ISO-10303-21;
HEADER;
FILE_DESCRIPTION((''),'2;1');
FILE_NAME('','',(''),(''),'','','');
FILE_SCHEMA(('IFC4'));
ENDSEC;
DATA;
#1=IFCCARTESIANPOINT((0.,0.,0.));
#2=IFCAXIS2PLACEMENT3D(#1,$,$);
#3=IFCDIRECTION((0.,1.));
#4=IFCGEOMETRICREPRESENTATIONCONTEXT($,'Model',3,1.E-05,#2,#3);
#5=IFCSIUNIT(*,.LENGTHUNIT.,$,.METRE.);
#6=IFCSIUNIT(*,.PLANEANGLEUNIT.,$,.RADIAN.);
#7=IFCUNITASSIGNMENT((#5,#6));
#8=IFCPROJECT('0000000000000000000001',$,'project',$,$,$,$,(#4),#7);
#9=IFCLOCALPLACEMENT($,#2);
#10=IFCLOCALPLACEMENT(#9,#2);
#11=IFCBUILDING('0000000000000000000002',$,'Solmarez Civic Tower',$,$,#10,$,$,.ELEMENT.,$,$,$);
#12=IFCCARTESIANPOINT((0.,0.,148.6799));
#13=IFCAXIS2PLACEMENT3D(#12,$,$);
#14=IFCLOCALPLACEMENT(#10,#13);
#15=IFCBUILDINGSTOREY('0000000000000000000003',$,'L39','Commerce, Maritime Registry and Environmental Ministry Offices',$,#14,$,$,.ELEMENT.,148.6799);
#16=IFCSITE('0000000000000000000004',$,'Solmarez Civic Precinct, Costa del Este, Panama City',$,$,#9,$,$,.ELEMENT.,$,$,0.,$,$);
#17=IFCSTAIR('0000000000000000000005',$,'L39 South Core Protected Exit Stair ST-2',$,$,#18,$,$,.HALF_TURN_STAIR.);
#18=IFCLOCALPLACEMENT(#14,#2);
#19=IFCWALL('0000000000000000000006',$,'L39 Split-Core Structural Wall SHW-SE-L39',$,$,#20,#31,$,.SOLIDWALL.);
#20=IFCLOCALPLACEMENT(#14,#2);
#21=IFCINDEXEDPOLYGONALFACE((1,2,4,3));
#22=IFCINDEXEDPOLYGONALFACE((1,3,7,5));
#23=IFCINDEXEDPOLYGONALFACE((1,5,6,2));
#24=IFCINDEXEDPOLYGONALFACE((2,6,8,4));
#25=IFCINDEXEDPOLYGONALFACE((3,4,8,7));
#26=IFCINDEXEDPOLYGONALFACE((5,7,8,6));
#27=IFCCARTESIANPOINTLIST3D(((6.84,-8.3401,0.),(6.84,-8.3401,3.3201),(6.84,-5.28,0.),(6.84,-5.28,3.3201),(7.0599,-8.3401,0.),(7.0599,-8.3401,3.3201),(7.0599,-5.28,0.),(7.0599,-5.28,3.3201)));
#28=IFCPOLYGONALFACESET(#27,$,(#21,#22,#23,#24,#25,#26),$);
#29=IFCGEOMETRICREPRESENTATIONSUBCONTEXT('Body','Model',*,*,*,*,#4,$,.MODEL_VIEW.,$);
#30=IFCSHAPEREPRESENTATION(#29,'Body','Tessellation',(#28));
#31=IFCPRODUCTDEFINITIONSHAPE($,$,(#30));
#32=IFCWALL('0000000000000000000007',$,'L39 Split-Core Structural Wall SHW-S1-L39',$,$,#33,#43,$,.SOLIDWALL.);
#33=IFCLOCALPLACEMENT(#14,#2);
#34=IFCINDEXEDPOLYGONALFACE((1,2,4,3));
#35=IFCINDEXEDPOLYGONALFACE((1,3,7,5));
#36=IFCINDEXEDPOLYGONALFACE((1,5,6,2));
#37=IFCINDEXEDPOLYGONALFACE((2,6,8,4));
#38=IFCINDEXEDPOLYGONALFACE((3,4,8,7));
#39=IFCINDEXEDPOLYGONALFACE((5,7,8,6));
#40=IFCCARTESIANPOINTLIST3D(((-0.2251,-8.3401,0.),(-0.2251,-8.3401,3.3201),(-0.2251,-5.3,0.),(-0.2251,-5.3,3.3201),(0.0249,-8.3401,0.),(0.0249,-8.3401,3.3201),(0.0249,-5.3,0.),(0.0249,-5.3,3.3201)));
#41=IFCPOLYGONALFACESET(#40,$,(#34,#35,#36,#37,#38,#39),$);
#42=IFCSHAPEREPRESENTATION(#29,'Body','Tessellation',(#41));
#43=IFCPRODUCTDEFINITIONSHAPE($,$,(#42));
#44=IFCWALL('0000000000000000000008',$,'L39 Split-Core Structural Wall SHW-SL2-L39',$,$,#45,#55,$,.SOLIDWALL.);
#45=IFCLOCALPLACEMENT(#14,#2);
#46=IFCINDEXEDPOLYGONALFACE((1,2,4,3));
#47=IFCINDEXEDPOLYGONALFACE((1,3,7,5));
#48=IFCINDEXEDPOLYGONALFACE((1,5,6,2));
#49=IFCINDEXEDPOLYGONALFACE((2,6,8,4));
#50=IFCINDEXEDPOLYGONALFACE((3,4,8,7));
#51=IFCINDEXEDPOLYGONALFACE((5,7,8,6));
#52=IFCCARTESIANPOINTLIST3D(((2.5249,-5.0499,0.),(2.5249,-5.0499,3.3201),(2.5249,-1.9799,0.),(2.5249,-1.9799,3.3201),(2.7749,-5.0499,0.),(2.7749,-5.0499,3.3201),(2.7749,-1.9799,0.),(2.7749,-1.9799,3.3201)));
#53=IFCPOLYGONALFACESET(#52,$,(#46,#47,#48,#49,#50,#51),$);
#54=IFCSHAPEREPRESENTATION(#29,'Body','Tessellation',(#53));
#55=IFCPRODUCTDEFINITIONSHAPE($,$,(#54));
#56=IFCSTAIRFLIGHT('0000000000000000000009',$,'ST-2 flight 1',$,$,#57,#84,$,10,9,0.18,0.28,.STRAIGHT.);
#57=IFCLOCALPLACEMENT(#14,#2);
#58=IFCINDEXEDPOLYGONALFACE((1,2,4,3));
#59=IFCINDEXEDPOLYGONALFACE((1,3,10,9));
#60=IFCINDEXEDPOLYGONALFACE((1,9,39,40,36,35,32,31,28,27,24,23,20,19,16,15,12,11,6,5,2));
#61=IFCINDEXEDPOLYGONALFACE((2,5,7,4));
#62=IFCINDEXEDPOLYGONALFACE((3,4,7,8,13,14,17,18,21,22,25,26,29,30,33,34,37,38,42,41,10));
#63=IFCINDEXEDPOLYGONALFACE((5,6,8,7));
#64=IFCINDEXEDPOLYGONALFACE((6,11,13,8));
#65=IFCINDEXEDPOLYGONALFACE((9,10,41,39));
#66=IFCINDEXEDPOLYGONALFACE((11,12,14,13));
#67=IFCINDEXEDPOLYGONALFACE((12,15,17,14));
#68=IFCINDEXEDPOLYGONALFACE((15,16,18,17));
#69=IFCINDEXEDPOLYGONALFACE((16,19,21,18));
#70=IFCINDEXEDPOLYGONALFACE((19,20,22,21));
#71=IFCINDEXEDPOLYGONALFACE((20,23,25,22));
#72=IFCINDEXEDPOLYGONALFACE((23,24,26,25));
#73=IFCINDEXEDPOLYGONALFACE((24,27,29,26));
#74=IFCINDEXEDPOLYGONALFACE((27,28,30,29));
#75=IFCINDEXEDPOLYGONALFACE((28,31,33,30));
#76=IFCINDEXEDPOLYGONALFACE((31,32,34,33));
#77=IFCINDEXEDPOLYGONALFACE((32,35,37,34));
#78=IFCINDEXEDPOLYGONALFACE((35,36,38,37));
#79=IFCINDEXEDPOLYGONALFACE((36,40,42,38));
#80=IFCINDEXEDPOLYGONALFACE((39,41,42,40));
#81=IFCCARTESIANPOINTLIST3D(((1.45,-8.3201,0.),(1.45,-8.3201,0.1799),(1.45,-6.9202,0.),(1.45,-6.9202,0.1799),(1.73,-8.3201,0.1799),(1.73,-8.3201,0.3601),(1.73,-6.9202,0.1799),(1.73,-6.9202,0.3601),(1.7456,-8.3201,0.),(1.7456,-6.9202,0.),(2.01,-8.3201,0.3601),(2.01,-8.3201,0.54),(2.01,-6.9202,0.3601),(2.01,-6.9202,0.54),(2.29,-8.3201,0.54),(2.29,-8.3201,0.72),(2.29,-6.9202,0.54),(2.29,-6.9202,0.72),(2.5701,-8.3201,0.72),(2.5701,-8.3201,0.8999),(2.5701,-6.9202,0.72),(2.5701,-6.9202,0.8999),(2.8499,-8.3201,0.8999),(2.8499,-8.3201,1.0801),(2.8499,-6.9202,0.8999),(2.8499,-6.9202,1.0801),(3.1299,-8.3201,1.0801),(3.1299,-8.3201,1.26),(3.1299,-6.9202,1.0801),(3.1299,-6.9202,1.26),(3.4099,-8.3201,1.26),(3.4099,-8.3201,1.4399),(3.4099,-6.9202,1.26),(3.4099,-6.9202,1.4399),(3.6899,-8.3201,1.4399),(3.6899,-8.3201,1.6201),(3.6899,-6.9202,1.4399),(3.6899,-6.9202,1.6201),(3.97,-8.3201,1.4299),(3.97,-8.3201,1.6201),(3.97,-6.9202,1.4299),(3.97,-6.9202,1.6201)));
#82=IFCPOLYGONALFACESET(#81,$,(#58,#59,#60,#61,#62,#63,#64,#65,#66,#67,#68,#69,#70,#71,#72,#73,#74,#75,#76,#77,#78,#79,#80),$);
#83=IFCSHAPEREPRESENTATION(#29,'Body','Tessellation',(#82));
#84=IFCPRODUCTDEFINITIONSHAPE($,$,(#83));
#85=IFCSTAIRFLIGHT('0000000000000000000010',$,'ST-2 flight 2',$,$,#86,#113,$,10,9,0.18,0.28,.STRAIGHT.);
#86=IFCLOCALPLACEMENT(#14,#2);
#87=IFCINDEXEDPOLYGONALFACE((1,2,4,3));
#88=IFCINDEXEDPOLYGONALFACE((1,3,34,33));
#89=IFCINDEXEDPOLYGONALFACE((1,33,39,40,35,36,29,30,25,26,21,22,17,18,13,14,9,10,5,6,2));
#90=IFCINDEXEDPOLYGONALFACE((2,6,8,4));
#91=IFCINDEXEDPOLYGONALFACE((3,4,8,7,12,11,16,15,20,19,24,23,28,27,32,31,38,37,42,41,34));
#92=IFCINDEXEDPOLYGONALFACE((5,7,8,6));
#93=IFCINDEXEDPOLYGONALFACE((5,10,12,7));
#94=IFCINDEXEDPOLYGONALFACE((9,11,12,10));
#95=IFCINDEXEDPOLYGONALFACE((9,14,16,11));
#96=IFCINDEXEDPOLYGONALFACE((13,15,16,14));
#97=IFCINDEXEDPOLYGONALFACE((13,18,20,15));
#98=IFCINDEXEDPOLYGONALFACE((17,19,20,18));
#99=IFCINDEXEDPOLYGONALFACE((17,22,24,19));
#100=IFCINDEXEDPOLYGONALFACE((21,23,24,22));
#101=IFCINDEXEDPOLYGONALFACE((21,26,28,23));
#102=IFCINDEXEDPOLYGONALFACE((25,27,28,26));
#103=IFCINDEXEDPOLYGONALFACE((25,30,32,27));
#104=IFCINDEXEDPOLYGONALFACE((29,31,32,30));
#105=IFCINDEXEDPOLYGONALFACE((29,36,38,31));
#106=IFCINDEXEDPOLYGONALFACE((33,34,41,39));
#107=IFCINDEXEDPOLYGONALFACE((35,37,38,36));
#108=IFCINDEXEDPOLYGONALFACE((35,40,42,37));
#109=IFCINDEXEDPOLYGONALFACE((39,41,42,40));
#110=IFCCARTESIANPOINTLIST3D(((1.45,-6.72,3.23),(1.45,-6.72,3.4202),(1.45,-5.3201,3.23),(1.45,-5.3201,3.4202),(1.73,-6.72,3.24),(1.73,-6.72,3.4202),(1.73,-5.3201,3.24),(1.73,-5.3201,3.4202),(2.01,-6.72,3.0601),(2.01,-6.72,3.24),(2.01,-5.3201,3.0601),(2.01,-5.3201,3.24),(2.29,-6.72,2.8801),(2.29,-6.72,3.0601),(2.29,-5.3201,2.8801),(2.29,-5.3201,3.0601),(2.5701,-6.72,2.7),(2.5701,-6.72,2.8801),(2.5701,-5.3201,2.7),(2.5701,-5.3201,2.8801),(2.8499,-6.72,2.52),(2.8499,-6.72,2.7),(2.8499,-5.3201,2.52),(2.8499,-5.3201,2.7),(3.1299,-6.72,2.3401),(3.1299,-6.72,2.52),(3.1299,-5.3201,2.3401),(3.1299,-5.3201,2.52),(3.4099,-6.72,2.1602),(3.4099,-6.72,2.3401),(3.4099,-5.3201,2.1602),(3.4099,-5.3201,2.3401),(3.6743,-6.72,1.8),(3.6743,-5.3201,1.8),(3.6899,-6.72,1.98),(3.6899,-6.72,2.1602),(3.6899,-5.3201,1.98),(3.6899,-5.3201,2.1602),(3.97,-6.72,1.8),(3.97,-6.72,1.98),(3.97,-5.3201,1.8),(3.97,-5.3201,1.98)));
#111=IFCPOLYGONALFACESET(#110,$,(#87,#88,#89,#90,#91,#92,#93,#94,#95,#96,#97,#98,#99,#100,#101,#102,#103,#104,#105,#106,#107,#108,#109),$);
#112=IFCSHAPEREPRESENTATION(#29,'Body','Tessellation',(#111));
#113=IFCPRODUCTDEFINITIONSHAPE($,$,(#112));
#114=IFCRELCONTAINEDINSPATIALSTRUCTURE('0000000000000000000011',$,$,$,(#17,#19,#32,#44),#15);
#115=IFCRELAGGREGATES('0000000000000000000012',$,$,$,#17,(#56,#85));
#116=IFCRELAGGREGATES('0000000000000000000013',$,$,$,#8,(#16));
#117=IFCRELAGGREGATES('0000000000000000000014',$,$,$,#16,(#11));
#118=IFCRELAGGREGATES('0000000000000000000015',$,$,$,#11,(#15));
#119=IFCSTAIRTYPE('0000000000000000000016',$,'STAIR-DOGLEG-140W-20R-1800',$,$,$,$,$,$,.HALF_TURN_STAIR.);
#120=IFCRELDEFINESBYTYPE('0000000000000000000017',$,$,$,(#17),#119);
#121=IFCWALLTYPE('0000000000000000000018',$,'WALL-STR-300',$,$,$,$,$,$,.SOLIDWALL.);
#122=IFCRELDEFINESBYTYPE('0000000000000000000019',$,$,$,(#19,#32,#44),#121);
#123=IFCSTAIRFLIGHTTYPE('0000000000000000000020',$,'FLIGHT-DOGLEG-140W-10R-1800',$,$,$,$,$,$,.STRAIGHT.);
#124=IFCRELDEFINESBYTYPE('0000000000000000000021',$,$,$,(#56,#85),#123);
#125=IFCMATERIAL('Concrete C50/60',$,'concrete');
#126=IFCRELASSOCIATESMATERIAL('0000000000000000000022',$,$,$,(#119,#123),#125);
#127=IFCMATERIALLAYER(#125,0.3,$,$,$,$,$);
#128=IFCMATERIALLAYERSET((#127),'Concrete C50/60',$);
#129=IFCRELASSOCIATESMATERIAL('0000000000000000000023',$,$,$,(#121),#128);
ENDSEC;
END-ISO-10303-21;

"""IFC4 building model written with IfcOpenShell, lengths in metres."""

from ifc_helpers import new_model, si_unit, direction, frame, frame_2d, origin, place, context, subcontext, project, spatial, polyline, rectangle, outline, extrude, material, layer, layer_set, type_object, element, aggregate, save


model = new_model("IFC4")

# Units and contexts
model_context = context("Model", 3, precision=1e-05, world=origin(), true_north=direction((0.0, 1.0)))
body_context = subcontext(model_context, "Body", "Model", "MODEL_VIEW")
ifc_project = project(units=[si_unit("LENGTHUNIT", "METRE"), si_unit("PLANEANGLEUNIT", "RADIAN")], contexts=[model_context])

# Site, building, storey
site_placement = place(None, origin())
site = spatial("IfcSite", under=ifc_project, at=site_placement, Name="Solmarez Civic Precinct, Costa del Este, Panama City", CompositionType="ELEMENT", RefElevation=0.0)
building_placement = place(site_placement, origin())
building = spatial("IfcBuilding", under=site, at=building_placement, Name="Solmarez Civic Tower", CompositionType="ELEMENT")
storey_placement = place(building_placement, frame((0.0, 0.0, 148.6799)))
storey = spatial("IfcBuildingStorey", under=building, at=storey_placement, Name="L39", Description="Commerce, Maritime Registry and Environmental Ministry Offices", CompositionType="ELEMENT", Elevation=148.6799)

# Shared definitions
ifc_material_1 = material(Name="Concrete C50/60", Category="concrete")

# Stair
stair_type = type_object("IfcStairType", Name="STAIR-DOGLEG-140W-20R-1800", PredefinedType="HALF_TURN_STAIR", material=ifc_material_1)
stair_1_placement = place(storey_placement, origin())
stair_1 = element("IfcStair", 1, at=stair_1_placement, inside=storey, type_object=stair_type, Name="L39 South Core Protected Exit Stair ST-2", PredefinedType="HALF_TURN_STAIR")

# Walls
ifc_layer_1 = layer(ifc_material_1, 0.3)
ifc_layer_set_1 = layer_set([ifc_layer_1], Name="Concrete C50/60")
wall_type_1 = type_object("IfcWallType", Name="WALL-STR-300", PredefinedType="SOLIDWALL", material=ifc_layer_set_1)
wall_1_placement = place(storey_placement, frame((6.95, -8.3401, 0.0), z_axis=(0.0, 0.0, 1.0), x_axis=(0.0, 1.0, 0.0)))
element("IfcWall", 2, at=wall_1_placement, inside=storey, type_object=wall_type_1, Name="L39 Split-Core Structural Wall SHW-SE-L39", PredefinedType="SOLIDWALL", context=body_context, shape_type="SweptSolid", body=[
    extrude(rectangle(XDim=3.0601, YDim=0.22, at=frame_2d((1.53, 0.0))), origin(), (0.0, 0.0, 1.0), 3.3201),
])
wall_2_placement = place(storey_placement, frame((-0.1001, -8.3401, 0.0), z_axis=(0.0, 0.0, 1.0), x_axis=(0.0, 1.0, 0.0)))
element("IfcWall", 3, at=wall_2_placement, inside=storey, type_object=wall_type_1, Name="L39 Split-Core Structural Wall SHW-S1-L39", PredefinedType="SOLIDWALL", context=body_context, shape_type="SweptSolid", body=[
    extrude(rectangle(XDim=3.04, YDim=0.25, at=frame_2d((1.52, 0.0))), origin(), (0.0, 0.0, 1.0), 3.3201),
])
wall_3_placement = place(storey_placement, frame((2.6499, -5.05, 0.0), z_axis=(0.0, 0.0, 1.0), x_axis=(0.0, 1.0, 0.0)))
element("IfcWall", 4, at=wall_3_placement, inside=storey, type_object=wall_type_1, Name="L39 Split-Core Structural Wall SHW-SL2-L39", PredefinedType="SOLIDWALL", context=body_context, shape_type="SweptSolid", body=[
    extrude(rectangle(XDim=3.0701, YDim=0.25, at=frame_2d((1.5352, 0.0))), origin(), (0.0, 0.0, 1.0), 3.3201),
])

# Stair flights
stair_flight_type = type_object("IfcStairFlightType", Name="FLIGHT-DOGLEG-140W-10R-1800", PredefinedType="STRAIGHT", material=ifc_material_1)
stair_flight_1_placement = place(storey_placement, frame((1.45, -7.6201, 0.0), z_axis=(0.0, 0.0, 1.0), x_axis=(1.0, 0.0, 0.0)))
stair_flight_1 = element("IfcStairFlight", 5, at=stair_flight_1_placement, type_object=stair_flight_type, Name="ST-2 flight 1", NumberOfRisers=10, NumberOfTreads=9, PredefinedType="STRAIGHT", RiserHeight=0.18, TreadLength=0.28, context=body_context, shape_type="SweptSolid", body=[
    extrude(outline(polyline([(0.0, 0.0), (0.0, 0.1799), (0.28, 0.1799), (0.28, 0.3601), (0.5601, 0.3601), (0.5601, 0.54), (0.8401, 0.54), (0.8401, 0.72), (1.1201, 0.72), (1.1201, 0.8999), (1.3999, 0.8999), (1.3999, 1.0801), (1.6799, 1.0801), (1.6799, 1.26), (1.96, 1.26), (1.96, 1.4399), (2.24, 1.4399), (2.24, 1.6201), (2.52, 1.6201), (2.52, 1.8), (2.52, 1.4299), (0.2957, 0.0), (0.0, 0.0)])), frame((0.0, 0.7, 0.0), z_axis=(0.0, -1.0, 0.0), x_axis=(1.0, 0.0, 0.0)), (0.0, 0.0, 1.0), 1.3999),
])
stair_flight_2_placement = place(storey_placement, frame((3.97, -6.02, 1.8), z_axis=(0.0, 0.0, 1.0), x_axis=(-1.0, 0.0, 0.0)))
stair_flight_2 = element("IfcStairFlight", 6, at=stair_flight_2_placement, type_object=stair_flight_type, Name="ST-2 flight 2", NumberOfRisers=10, NumberOfTreads=9, PredefinedType="STRAIGHT", RiserHeight=0.18, TreadLength=0.28, context=body_context, shape_type="SweptSolid", body=[
    extrude(outline(polyline([(0.0, 0.0), (0.0, 0.1799), (0.28, 0.1799), (0.28, 0.3601), (0.5601, 0.3601), (0.5601, 0.54), (0.8401, 0.54), (0.8401, 0.72), (1.1201, 0.72), (1.1201, 0.8999), (1.3999, 0.8999), (1.3999, 1.0801), (1.6799, 1.0801), (1.6799, 1.26), (1.96, 1.26), (1.96, 1.4399), (2.24, 1.4399), (2.24, 1.6201), (2.52, 1.6201), (2.52, 1.8), (2.52, 1.4299), (0.2957, 0.0), (0.0, 0.0)])), frame((0.0, 0.7, 0.0), z_axis=(0.0, -1.0, 0.0), x_axis=(1.0, 0.0, 0.0)), (0.0, 0.0, 1.0), 1.3999),
])
aggregate(stair_1, [stair_flight_1, stair_flight_2])

save(model, "model.ifc")
